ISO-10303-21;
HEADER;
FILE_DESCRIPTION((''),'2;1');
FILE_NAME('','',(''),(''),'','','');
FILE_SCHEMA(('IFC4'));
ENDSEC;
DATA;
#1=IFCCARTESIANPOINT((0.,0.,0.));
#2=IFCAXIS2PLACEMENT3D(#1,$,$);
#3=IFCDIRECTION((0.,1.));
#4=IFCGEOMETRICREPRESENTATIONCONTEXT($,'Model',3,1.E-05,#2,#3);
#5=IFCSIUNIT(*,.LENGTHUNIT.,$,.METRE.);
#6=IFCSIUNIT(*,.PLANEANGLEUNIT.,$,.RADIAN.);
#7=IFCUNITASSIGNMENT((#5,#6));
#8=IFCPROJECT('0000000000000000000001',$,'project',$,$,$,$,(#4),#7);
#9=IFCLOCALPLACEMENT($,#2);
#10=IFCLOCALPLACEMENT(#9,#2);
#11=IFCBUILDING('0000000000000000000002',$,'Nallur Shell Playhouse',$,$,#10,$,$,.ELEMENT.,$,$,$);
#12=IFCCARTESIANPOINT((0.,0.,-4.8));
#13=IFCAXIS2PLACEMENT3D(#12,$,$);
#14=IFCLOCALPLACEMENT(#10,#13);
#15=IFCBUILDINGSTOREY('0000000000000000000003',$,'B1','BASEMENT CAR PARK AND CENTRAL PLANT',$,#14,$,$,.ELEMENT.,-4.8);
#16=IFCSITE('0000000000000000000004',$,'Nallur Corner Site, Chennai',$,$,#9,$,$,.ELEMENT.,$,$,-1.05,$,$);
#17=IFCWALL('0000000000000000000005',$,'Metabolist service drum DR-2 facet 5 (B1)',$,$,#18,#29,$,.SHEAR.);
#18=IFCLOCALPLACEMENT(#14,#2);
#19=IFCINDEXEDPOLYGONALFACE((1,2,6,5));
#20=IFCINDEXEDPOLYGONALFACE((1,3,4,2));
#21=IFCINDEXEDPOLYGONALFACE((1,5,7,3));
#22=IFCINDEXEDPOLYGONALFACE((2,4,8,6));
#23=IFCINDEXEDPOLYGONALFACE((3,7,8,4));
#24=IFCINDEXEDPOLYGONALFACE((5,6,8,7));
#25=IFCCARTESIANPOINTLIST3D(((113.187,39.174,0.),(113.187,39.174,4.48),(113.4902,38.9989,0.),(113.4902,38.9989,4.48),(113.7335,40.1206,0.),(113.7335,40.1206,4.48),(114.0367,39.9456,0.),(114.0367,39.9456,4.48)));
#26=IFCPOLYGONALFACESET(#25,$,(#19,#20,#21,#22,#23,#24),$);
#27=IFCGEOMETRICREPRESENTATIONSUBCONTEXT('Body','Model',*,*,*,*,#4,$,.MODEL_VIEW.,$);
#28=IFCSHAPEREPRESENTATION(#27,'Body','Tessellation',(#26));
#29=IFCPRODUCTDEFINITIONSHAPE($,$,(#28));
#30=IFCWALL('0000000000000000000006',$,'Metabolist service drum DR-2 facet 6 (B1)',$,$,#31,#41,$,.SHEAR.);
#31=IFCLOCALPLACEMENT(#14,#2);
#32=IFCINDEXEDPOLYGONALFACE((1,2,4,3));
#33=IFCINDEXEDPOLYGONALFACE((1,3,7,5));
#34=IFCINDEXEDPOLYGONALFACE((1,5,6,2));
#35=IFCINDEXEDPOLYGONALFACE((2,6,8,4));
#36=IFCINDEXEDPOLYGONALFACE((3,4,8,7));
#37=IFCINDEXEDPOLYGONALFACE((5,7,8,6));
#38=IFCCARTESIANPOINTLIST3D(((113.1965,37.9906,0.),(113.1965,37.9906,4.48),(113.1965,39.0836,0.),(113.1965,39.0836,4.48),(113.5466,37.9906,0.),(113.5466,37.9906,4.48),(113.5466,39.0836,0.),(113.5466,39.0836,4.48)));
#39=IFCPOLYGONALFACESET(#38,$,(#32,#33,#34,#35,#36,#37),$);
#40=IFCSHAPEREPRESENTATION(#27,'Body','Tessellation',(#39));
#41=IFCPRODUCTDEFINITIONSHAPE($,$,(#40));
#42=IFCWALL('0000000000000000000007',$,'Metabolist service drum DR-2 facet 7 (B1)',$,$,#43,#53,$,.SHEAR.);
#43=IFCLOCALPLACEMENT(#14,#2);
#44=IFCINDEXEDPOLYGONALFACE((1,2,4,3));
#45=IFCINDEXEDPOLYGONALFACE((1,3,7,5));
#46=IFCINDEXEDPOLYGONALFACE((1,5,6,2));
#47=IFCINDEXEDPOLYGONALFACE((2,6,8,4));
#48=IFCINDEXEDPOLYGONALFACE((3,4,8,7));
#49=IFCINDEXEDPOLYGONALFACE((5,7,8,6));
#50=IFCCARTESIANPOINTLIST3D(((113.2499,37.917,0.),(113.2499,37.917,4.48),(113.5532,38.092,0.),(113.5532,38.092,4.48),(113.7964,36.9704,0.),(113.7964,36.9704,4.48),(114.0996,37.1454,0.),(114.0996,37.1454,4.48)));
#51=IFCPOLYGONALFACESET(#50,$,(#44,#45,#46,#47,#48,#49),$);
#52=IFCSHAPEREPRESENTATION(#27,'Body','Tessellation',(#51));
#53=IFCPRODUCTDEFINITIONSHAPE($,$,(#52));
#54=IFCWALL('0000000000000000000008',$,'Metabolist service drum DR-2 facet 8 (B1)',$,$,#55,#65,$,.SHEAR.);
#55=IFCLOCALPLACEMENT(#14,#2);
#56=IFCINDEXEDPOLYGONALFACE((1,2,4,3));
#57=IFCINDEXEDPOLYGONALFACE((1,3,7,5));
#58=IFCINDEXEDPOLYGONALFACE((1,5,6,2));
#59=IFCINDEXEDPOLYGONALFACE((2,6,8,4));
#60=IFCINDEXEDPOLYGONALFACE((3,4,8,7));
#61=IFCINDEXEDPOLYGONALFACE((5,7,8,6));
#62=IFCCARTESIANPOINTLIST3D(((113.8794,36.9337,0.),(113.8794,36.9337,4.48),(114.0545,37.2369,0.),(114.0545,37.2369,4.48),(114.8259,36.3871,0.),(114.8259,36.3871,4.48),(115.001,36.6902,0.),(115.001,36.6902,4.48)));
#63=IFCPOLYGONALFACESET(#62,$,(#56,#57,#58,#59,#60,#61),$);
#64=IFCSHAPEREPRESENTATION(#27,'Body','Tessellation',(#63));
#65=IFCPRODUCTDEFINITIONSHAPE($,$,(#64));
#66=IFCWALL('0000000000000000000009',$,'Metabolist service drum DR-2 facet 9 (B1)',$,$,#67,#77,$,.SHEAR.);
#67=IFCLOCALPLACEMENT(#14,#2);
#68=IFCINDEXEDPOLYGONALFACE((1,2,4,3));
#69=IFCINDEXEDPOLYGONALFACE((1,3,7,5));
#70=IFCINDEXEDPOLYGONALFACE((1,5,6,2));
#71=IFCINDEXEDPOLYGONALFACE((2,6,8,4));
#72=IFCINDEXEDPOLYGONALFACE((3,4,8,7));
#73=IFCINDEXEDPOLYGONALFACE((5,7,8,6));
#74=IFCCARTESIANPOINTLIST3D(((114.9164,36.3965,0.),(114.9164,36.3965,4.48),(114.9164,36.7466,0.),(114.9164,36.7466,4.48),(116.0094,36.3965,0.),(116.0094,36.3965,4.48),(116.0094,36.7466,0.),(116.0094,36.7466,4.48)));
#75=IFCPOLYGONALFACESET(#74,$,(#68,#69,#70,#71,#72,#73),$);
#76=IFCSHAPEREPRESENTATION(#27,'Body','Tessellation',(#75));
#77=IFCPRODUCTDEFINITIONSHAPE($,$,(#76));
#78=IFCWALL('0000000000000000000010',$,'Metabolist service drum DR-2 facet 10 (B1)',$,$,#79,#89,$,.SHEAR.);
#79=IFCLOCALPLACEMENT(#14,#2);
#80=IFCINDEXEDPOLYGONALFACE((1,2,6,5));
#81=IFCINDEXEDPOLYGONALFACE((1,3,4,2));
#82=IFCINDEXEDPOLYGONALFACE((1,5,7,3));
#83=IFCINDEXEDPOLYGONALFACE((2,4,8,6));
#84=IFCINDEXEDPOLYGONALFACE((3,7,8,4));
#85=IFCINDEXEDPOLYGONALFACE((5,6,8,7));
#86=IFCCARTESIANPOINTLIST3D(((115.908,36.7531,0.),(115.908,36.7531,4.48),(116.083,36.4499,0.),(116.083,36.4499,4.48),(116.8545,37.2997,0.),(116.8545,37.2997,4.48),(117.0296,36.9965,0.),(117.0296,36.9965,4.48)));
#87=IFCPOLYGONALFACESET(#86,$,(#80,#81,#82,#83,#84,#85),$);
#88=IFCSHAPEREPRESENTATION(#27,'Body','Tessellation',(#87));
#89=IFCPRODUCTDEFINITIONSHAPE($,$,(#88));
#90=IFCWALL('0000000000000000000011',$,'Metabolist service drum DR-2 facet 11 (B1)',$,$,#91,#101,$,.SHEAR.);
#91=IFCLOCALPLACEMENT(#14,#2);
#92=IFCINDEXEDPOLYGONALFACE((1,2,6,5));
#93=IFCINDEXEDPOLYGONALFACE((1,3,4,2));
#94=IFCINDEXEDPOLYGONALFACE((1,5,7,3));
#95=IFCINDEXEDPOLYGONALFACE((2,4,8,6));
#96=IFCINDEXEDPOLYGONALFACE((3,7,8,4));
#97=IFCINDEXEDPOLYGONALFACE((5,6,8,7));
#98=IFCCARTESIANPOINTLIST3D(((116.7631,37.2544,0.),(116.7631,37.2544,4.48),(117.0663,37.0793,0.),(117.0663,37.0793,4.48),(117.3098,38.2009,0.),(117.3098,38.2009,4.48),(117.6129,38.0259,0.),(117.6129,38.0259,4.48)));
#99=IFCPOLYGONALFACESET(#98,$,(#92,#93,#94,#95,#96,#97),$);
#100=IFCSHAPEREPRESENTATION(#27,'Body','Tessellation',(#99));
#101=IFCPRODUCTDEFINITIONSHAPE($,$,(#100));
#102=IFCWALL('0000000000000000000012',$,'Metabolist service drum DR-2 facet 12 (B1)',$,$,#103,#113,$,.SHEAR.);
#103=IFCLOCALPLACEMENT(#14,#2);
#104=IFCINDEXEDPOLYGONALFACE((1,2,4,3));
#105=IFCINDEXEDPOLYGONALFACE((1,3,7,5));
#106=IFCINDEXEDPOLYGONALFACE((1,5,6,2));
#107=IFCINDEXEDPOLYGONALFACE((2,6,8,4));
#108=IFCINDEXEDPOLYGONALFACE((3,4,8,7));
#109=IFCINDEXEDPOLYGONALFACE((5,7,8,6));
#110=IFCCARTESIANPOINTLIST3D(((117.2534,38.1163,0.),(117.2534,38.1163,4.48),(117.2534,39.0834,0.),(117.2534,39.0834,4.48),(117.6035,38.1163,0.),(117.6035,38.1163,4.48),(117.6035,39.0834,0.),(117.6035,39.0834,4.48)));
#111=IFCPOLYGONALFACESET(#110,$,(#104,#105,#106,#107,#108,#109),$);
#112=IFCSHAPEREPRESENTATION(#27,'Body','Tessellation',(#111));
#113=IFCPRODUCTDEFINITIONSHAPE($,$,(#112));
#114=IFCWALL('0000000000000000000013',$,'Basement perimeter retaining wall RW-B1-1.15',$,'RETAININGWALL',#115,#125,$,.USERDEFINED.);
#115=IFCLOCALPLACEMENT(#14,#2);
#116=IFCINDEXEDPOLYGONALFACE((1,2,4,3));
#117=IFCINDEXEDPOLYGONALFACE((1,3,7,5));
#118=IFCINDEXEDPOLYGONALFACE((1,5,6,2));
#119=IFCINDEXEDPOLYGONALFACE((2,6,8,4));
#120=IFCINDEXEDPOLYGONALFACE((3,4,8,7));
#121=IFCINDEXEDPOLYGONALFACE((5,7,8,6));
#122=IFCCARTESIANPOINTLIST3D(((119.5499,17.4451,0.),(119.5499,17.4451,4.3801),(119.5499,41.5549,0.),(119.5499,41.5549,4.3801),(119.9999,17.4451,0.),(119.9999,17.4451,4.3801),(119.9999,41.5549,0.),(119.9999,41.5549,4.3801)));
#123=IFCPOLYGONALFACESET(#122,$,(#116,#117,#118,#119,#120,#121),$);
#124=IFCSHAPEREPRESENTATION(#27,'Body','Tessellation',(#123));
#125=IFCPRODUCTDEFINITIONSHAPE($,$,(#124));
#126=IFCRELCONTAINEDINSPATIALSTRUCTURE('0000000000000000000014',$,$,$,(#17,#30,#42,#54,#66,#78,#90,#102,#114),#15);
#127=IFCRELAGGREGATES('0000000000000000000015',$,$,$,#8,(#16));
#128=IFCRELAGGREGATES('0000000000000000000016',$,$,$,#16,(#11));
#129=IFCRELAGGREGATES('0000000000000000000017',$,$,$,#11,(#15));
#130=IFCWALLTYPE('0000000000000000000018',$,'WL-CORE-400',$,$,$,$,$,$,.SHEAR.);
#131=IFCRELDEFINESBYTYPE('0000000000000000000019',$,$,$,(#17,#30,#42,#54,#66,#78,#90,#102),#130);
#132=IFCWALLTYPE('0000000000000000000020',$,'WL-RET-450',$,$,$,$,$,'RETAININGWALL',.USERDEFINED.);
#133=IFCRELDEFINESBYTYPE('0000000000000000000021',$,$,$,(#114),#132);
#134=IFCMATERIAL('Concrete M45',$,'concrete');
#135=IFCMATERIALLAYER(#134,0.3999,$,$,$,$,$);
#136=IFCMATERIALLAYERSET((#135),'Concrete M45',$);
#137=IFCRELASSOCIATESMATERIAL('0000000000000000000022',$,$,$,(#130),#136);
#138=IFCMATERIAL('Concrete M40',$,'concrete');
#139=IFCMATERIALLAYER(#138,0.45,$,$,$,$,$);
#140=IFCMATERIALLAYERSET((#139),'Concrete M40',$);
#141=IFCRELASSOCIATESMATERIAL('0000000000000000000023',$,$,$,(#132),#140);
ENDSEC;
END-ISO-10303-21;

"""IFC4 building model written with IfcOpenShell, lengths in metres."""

from ifc_helpers import new_model, si_unit, direction, frame, frame_2d, origin, place, context, subcontext, project, spatial, rectangle, extrude, material, layer, layer_set, type_object, element, save


model = new_model("IFC4")

# Units and contexts
model_context = context("Model", 3, precision=1e-05, world=origin(), true_north=direction((0.0, 1.0)))
body_context = subcontext(model_context, "Body", "Model", "MODEL_VIEW")
ifc_project = project(units=[si_unit("LENGTHUNIT", "METRE"), si_unit("PLANEANGLEUNIT", "RADIAN")], contexts=[model_context])

# Site, building, storey
site_placement = place(None, origin())
site = spatial("IfcSite", under=ifc_project, at=site_placement, Name="Nallur Corner Site, Chennai", CompositionType="ELEMENT", RefElevation=-1.05)
building_placement = place(site_placement, origin())
building = spatial("IfcBuilding", under=site, at=building_placement, Name="Nallur Shell Playhouse", CompositionType="ELEMENT")
storey_placement = place(building_placement, frame((0.0, 0.0, -4.8)))
storey = spatial("IfcBuildingStorey", under=building, at=storey_placement, Name="B1", Description="BASEMENT CAR PARK AND CENTRAL PLANT", CompositionType="ELEMENT", Elevation=-4.8)

# Shared definitions
ifc_material_1 = material(Name="Concrete M45", Category="concrete")
ifc_material_2 = material(Name="Concrete M40", Category="concrete")

# Walls
ifc_layer_1 = layer(ifc_material_1, 0.3999)
ifc_layer_set_1 = layer_set([ifc_layer_1], Name="Concrete M45")
wall_type_1 = type_object("IfcWallType", Name="WL-CORE-400", PredefinedType="SHEAR", material=ifc_layer_set_1)
for number, where, z_axis, x_axis, name in (
    (1, (113.885, 40.033, 0.0), (0.0, 0.0, 1.0), (-0.499935, -0.866063, 0.0), "Metabolist service drum DR-2 facet 5 (B1)"),
    (2, (113.3716, 39.0835, 0.0), (0.0, 0.0, 1.0), (0.0, -1.0, 0.0), "Metabolist service drum DR-2 facet 6 (B1)"),
    (3, (113.4016, 38.0044, 0.0), (0.0, 0.0, 1.0), (0.499935, -0.866063, 0.0), "Metabolist service drum DR-2 facet 7 (B1)"),
    (4, (113.967, 37.0852, 0.0), (0.0, 0.0, 1.0), (0.865966, -0.500103, 0.0), "Metabolist service drum DR-2 facet 8 (B1)"),
    (5, (114.9165, 36.5715, 0.0), (0.0, 0.0, 1.0), (1.0, 0.0, 0.0), "Metabolist service drum DR-2 facet 9 (B1)"),
    (6, (115.9956, 36.6016, 0.0), (0.0, 0.0, 1.0), (0.865966, 0.500103, 0.0), "Metabolist service drum DR-2 facet 10 (B1)"),
    (7, (116.9148, 37.167, 0.0), (0.0, 0.0, 1.0), (0.500103, 0.865966, 0.0), "Metabolist service drum DR-2 facet 11 (B1)"),
):
    element("IfcWall", number, at=place(storey_placement, frame(where, z_axis=z_axis, x_axis=x_axis)), inside=storey, type_object=wall_type_1, Name=name, PredefinedType="SHEAR", context=body_context, shape_type="SweptSolid", body=[
        extrude(rectangle(XDim=1.093, YDim=0.3501, at=frame_2d((0.5464, 0.0))), origin(), (0.0, 0.0, 1.0), 4.48),
    ])
wall_1_placement = place(storey_placement, frame((117.4285, 38.1165, 0.0), z_axis=(0.0, 0.0, 1.0), x_axis=(0.0, 1.0, 0.0)))
element("IfcWall", 8, at=wall_1_placement, inside=storey, type_object=wall_type_1, Name="Metabolist service drum DR-2 facet 12 (B1)", PredefinedType="SHEAR", context=body_context, shape_type="SweptSolid", body=[
    extrude(rectangle(XDim=0.967, YDim=0.3501, at=frame_2d((0.4834, 0.0))), origin(), (0.0, 0.0, 1.0), 4.48),
])
ifc_layer_2 = layer(ifc_material_2, 0.45)
ifc_layer_set_2 = layer_set([ifc_layer_2], Name="Concrete M40")
wall_type_2 = type_object("IfcWallType", Name="WL-RET-450", ElementType="RETAININGWALL", PredefinedType="USERDEFINED", material=ifc_layer_set_2)
wall_2_placement = place(storey_placement, frame((119.7749, 41.5549, 0.0), z_axis=(0.0, 0.0, 1.0), x_axis=(0.0, -1.0, 0.0)))
element("IfcWall", 9, at=wall_2_placement, inside=storey, type_object=wall_type_2, Name="Basement perimeter retaining wall RW-B1-1.15", ObjectType="RETAININGWALL", PredefinedType="USERDEFINED", context=body_context, shape_type="SweptSolid", body=[
    extrude(rectangle(XDim=24.1099, YDim=0.45, at=frame_2d((12.0549, 0.0))), origin(), (0.0, 0.0, 1.0), 4.3801),
])

save(model, "model.ifc")
